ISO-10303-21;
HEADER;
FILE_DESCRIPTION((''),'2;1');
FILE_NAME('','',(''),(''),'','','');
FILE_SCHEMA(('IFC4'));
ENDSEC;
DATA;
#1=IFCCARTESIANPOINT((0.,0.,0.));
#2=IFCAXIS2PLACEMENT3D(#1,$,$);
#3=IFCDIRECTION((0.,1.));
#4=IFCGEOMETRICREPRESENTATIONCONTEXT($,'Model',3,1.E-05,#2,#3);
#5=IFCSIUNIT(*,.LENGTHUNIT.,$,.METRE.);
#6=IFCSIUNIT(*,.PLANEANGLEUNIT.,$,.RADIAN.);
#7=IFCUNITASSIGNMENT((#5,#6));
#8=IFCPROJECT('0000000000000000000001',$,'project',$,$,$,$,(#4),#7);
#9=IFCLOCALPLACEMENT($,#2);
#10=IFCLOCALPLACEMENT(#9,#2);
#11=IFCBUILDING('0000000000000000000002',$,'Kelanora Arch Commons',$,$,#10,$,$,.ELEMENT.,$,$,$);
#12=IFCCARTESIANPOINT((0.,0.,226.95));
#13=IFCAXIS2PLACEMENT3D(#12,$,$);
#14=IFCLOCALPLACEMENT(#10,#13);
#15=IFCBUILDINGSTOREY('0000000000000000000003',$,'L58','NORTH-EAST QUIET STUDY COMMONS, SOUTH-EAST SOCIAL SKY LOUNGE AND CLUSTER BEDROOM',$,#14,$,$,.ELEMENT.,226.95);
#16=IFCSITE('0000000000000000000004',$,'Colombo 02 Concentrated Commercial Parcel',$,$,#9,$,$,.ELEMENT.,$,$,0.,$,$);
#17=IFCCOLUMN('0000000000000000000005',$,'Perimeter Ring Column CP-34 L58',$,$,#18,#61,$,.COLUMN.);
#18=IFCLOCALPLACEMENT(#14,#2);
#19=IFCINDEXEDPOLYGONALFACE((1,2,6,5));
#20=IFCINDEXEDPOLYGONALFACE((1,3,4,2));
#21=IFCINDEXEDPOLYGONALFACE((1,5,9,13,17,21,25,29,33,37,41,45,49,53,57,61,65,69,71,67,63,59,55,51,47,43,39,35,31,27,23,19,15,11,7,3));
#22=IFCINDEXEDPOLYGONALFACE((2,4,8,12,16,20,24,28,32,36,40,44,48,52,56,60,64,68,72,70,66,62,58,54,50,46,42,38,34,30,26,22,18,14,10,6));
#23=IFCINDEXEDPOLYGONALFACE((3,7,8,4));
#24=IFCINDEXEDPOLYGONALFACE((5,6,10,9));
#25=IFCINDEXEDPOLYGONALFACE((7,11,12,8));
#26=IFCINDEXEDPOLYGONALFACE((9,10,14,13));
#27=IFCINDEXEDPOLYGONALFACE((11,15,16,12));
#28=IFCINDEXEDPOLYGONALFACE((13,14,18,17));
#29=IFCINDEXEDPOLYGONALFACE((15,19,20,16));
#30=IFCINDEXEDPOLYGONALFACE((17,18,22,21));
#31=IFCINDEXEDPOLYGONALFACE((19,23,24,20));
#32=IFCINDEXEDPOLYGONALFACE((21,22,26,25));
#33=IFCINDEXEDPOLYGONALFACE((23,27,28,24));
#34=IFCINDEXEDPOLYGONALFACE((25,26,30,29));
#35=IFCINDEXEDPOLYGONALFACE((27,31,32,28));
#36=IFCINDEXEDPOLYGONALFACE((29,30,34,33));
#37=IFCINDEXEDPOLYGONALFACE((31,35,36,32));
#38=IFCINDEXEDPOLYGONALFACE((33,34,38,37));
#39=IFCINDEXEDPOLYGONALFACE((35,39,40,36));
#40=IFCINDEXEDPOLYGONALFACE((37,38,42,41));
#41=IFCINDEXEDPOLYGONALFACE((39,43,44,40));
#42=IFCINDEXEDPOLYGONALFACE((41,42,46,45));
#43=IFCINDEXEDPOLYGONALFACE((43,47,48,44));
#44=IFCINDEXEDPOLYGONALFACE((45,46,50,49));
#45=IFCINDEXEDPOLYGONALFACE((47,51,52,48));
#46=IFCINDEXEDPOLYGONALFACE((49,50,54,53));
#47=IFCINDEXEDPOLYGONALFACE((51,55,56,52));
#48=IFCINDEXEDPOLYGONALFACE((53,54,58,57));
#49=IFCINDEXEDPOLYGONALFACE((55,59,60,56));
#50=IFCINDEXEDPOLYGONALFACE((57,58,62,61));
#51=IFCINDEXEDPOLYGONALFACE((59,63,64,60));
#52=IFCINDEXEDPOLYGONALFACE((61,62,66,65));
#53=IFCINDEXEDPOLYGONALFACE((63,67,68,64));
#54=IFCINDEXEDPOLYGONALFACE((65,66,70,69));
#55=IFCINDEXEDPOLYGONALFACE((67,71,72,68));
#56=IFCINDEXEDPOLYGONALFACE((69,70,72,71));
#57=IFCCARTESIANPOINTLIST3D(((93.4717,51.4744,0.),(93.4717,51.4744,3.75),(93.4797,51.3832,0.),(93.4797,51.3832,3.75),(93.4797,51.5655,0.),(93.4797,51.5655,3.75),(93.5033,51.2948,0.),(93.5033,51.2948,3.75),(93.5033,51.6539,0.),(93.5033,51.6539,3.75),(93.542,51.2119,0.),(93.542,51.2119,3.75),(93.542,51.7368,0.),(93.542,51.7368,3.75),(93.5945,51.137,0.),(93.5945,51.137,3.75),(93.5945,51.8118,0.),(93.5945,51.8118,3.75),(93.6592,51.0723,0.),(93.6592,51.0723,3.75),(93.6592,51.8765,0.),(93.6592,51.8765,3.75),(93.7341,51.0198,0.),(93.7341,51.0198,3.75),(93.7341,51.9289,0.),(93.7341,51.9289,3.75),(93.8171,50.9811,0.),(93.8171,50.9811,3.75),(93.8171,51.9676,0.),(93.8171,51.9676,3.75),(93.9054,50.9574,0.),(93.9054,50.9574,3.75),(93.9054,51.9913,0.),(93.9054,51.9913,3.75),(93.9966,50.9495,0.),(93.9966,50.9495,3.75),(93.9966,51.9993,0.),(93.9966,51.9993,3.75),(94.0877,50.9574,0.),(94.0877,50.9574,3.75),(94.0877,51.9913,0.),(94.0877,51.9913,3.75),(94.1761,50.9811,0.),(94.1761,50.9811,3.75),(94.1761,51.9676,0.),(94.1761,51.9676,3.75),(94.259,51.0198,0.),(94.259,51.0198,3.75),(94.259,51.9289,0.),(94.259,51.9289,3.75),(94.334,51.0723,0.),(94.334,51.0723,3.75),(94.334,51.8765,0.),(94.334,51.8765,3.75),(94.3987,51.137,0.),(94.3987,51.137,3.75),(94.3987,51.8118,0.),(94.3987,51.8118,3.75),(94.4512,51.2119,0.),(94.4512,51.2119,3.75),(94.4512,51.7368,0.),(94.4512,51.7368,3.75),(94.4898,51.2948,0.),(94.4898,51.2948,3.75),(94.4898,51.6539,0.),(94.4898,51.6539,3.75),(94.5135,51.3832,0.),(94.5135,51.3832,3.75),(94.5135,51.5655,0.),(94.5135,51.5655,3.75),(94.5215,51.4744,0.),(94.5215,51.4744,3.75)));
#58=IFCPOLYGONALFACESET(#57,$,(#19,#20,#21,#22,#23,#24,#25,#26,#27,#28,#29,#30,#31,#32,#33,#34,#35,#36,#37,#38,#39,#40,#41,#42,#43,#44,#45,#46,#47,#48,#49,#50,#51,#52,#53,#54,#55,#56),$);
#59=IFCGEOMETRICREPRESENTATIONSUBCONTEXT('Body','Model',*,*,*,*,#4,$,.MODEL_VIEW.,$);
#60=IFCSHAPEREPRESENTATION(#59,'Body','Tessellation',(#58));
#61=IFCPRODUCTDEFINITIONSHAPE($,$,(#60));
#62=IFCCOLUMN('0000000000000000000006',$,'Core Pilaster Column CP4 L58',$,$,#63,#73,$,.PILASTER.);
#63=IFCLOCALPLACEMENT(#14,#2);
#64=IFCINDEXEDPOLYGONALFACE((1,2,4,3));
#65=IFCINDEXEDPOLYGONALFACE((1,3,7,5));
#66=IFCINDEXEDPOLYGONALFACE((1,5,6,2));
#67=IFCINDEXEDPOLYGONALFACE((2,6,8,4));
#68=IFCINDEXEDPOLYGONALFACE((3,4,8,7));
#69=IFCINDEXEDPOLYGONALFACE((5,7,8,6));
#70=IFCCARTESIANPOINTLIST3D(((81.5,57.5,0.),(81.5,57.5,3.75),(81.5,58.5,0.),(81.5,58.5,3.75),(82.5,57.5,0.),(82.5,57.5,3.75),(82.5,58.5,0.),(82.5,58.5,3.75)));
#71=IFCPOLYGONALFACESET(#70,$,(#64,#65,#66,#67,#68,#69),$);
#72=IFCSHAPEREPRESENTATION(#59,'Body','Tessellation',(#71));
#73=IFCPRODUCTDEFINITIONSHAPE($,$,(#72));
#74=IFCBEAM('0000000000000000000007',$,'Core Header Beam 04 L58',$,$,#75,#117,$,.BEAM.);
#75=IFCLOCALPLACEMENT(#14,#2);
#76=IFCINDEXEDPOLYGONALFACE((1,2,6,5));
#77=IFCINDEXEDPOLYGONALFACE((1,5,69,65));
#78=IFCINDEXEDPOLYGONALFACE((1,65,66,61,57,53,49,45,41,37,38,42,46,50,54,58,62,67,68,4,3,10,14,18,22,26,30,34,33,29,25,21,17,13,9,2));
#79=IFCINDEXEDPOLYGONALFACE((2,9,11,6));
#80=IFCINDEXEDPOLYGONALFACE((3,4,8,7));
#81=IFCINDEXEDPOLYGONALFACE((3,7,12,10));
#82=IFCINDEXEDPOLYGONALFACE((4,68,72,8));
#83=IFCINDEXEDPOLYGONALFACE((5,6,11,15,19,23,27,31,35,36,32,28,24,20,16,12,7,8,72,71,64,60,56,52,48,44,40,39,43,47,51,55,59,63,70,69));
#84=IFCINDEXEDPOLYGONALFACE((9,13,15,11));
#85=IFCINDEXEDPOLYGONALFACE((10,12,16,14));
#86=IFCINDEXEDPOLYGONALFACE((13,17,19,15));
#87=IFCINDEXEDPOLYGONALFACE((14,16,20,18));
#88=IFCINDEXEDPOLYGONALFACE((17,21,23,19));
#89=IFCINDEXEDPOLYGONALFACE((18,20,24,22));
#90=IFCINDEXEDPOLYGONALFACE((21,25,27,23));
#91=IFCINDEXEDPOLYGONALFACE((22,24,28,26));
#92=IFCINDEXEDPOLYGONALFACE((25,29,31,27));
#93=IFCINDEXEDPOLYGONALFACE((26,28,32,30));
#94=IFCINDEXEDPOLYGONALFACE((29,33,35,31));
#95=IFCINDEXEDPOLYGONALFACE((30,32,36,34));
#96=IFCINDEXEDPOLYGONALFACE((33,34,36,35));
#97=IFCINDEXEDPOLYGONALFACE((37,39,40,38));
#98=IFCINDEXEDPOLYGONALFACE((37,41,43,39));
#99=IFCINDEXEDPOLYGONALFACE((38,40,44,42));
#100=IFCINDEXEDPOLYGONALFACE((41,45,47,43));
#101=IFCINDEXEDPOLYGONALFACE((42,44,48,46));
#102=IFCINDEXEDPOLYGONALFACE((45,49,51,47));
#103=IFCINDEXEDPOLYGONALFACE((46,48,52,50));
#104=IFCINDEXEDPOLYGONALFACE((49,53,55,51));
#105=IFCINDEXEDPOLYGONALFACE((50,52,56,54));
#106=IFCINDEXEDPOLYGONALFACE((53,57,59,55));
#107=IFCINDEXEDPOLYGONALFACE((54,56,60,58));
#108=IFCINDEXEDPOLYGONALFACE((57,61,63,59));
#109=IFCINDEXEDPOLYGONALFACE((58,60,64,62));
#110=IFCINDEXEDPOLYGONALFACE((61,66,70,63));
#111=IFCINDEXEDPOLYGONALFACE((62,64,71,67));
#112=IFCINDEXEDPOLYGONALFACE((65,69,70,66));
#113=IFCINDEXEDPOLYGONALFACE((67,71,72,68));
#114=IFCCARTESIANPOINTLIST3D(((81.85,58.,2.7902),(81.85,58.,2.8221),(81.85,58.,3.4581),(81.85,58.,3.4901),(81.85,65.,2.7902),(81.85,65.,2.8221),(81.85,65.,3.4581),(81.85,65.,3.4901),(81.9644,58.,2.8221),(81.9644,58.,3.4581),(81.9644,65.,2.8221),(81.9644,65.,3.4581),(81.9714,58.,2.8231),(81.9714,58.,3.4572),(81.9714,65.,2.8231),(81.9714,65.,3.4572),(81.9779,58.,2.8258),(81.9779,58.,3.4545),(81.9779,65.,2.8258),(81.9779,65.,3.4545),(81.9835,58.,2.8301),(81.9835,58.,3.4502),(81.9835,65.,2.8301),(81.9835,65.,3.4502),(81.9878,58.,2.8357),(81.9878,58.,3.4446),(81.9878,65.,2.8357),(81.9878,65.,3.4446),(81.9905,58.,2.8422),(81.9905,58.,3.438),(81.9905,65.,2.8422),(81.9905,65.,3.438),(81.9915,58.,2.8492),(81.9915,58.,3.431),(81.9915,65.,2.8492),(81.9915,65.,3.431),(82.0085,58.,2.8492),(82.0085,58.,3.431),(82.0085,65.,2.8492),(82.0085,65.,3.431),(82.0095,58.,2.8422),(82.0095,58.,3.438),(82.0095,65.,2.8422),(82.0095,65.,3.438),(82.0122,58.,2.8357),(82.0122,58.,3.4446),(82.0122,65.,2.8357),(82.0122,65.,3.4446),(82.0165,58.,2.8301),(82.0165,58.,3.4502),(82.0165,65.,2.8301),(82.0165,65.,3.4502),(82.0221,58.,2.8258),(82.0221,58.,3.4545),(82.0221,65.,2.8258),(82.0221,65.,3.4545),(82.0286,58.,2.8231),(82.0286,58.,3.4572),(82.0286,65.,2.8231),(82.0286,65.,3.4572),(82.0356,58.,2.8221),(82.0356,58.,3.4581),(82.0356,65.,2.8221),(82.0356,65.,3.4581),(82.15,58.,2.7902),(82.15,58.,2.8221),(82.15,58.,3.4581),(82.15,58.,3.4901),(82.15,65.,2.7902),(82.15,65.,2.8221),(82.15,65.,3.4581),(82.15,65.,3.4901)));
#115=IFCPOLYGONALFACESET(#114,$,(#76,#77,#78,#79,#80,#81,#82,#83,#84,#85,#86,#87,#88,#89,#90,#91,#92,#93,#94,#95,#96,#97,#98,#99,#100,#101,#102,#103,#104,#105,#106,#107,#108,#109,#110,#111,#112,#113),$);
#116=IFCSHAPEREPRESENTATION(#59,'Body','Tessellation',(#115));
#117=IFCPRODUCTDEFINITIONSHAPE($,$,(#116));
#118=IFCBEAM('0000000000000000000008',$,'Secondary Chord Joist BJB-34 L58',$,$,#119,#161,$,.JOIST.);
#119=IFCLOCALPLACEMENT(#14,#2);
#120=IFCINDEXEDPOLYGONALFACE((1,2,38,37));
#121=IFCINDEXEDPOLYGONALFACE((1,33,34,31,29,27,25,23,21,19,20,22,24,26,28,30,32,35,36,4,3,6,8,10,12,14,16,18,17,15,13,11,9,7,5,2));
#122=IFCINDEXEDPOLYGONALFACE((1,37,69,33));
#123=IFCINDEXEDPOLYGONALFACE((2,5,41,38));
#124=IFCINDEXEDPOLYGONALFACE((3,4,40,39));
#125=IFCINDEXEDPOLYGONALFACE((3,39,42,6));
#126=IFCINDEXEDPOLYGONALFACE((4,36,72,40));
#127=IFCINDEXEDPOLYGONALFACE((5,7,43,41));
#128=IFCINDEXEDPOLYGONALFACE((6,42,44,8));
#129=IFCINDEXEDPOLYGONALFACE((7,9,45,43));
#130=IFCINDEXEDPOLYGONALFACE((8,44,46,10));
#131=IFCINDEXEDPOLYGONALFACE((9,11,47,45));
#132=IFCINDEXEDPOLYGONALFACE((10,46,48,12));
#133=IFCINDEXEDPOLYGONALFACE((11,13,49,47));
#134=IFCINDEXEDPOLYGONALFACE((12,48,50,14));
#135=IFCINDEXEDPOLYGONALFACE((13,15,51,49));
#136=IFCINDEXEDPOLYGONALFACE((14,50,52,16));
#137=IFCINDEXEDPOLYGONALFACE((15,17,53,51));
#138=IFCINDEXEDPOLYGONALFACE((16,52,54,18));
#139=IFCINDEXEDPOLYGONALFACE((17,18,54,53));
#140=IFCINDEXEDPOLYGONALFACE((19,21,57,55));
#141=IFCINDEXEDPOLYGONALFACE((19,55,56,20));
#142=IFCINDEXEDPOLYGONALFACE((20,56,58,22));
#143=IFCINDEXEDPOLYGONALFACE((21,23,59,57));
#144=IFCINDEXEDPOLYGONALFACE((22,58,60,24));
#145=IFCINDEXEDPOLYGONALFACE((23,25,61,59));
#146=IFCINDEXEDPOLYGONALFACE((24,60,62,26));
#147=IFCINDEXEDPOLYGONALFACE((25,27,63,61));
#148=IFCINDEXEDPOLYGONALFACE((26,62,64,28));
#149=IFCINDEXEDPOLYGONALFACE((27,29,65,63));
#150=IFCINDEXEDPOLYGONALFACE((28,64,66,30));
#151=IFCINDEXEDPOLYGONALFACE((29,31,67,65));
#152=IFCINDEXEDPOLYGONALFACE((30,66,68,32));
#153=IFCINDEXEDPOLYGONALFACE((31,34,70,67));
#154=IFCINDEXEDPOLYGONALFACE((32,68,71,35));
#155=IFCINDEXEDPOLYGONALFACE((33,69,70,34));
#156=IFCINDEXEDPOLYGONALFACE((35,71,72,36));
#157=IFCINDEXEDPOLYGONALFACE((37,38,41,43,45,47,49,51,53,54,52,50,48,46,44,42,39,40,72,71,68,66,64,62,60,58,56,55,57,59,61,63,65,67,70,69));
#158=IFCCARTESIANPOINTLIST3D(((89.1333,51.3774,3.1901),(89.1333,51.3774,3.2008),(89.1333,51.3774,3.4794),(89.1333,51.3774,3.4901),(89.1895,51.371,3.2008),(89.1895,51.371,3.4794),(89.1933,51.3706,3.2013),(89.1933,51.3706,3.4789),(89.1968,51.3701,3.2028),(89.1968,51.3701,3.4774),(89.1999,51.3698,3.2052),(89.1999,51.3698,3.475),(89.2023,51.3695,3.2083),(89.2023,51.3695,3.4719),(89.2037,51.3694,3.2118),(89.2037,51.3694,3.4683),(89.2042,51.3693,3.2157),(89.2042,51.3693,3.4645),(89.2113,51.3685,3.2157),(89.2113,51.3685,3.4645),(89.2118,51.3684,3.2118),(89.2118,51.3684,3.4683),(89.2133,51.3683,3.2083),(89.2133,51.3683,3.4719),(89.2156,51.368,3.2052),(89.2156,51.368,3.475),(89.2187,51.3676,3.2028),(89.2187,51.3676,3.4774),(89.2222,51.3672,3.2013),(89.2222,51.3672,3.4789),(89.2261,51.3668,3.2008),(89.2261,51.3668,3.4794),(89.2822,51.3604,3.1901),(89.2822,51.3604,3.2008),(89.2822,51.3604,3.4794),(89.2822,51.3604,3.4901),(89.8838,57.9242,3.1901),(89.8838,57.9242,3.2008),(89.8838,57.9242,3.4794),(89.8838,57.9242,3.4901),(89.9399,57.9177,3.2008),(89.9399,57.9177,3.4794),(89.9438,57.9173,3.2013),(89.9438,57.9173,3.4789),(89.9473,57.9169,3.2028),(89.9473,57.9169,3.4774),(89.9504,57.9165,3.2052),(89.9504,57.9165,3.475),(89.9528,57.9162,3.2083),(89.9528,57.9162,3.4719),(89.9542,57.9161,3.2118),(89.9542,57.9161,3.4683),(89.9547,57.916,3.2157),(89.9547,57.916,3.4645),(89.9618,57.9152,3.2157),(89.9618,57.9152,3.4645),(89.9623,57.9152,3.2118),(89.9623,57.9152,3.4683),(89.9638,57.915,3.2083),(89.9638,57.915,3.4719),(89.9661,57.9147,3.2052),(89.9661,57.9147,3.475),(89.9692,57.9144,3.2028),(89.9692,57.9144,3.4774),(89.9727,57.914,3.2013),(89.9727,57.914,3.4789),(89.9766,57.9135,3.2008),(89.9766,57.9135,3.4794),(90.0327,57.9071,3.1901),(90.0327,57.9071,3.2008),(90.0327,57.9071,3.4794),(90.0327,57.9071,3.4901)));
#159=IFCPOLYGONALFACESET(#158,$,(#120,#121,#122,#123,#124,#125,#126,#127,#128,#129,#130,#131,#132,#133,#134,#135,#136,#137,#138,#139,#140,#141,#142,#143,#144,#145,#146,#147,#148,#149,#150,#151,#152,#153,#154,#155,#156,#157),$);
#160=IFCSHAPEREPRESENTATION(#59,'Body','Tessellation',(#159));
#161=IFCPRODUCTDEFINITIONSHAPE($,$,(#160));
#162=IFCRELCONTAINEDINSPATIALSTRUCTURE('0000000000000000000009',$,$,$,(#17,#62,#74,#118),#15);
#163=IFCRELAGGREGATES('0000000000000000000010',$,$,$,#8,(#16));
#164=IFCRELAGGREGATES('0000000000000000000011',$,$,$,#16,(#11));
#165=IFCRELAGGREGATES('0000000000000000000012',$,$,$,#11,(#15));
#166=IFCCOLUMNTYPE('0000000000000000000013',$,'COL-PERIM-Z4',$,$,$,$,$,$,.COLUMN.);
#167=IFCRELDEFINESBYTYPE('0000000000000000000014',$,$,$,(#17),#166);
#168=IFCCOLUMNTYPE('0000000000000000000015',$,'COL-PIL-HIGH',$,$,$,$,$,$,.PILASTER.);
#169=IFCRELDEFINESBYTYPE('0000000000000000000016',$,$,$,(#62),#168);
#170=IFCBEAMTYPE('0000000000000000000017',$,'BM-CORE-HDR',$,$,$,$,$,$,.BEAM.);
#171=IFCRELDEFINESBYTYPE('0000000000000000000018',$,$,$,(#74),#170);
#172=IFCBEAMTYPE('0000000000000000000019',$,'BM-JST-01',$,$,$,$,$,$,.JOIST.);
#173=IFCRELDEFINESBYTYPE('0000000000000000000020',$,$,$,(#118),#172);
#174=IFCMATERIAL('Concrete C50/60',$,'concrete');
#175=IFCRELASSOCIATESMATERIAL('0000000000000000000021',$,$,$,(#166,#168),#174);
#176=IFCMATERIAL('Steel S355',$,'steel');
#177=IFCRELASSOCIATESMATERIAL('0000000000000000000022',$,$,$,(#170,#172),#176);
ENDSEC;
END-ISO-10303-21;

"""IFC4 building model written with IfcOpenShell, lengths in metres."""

from ifc_helpers import new_model, si_unit, direction, frame, origin, origin_2d, place, context, subcontext, project, spatial, rectangle, circle, i_section, extrude, material, material_profile, profile_set, type_object, element, save


model = new_model("IFC4")

# Units and contexts
model_context = context("Model", 3, precision=1e-05, world=origin(), true_north=direction((0.0, 1.0)))
body_context = subcontext(model_context, "Body", "Model", "MODEL_VIEW")
ifc_project = project(units=[si_unit("LENGTHUNIT", "METRE"), si_unit("PLANEANGLEUNIT", "RADIAN")], contexts=[model_context])

# Site, building, storey
site_placement = place(None, origin())
site = spatial("IfcSite", under=ifc_project, at=site_placement, Name="Colombo 02 Concentrated Commercial Parcel", CompositionType="ELEMENT", RefElevation=0.0)
building_placement = place(site_placement, origin())
building = spatial("IfcBuilding", under=site, at=building_placement, Name="Kelanora Arch Commons", CompositionType="ELEMENT")
storey_placement = place(building_placement, frame((0.0, 0.0, 226.95)))
storey = spatial("IfcBuildingStorey", under=building, at=storey_placement, Name="L58", Description="NORTH-EAST QUIET STUDY COMMONS, SOUTH-EAST SOCIAL SKY LOUNGE AND CLUSTER BEDROOM", CompositionType="ELEMENT", Elevation=226.95)

# Columns
ifc_material_1 = material(Name="Concrete C50/60", Category="concrete")
ifc_material_profile_1 = material_profile(ifc_material_1, circle(Radius=0.5249, at=origin_2d()), Name="RCC1050")
ifc_profile_set_1 = profile_set([ifc_material_profile_1], Name="Concrete C50/60")
column_type_1 = type_object("IfcColumnType", Name="COL-PERIM-Z4", PredefinedType="COLUMN", material=ifc_profile_set_1)
column_1_placement = place(storey_placement, frame((93.9966, 51.4744, 0.0), z_axis=(0.0, 0.0, 1.0), x_axis=(1.0, 0.0, 0.0)))
element("IfcColumn", 1, at=column_1_placement, inside=storey, type_object=column_type_1, Name="Perimeter Ring Column CP-34 L58", PredefinedType="COLUMN", context=body_context, shape_type="SweptSolid", body=[
    extrude(circle(Radius=0.5249, at=origin_2d()), origin(), (0.0, 0.0, 1.0), 3.75),
])
ifc_material_profile_2 = material_profile(ifc_material_1, rectangle(XDim=1.0, YDim=1.0, at=origin_2d()), Name="RC1000x1000")
ifc_profile_set_2 = profile_set([ifc_material_profile_2], Name="Concrete C50/60")
column_type_2 = type_object("IfcColumnType", Name="COL-PIL-HIGH", PredefinedType="PILASTER", material=ifc_profile_set_2)
column_2_placement = place(storey_placement, frame((82.0, 58.0, 0.0), z_axis=(0.0, 0.0, 1.0), x_axis=(1.0, 0.0, 0.0)))
element("IfcColumn", 2, at=column_2_placement, inside=storey, type_object=column_type_2, Name="Core Pilaster Column CP4 L58", PredefinedType="PILASTER", context=body_context, shape_type="SweptSolid", body=[
    extrude(rectangle(XDim=1.0, YDim=1.0, at=origin_2d()), origin(), (0.0, 0.0, 1.0), 3.75),
])

# Beams
ifc_material_2 = material(Name="Steel S355", Category="steel")
ifc_material_profile_3 = material_profile(ifc_material_2, i_section(OverallWidth=0.3, OverallDepth=0.7, WebThickness=0.0171, FlangeThickness=0.032, FilletRadius=0.0271, at=origin_2d()), Name="HEB700")
ifc_profile_set_3 = profile_set([ifc_material_profile_3], Name="Steel S355")
beam_type_1 = type_object("IfcBeamType", Name="BM-CORE-HDR", PredefinedType="BEAM", material=ifc_profile_set_3)
beam_1_placement = place(storey_placement, frame((82.0, 58.0, 3.1401), z_axis=(0.0, 1.0, 0.0), x_axis=(-1.0, 0.0, 0.0)))
element("IfcBeam", 3, at=beam_1_placement, inside=storey, type_object=beam_type_1, Name="Core Header Beam 04 L58", PredefinedType="BEAM", context=body_context, shape_type="SweptSolid", body=[
    extrude(i_section(OverallWidth=0.3, OverallDepth=0.7, WebThickness=0.0171, FlangeThickness=0.032, FilletRadius=0.0271, at=origin_2d()), origin(), (0.0, 0.0, 1.0), 7.0),
])
ifc_material_profile_4 = material_profile(ifc_material_2, i_section(OverallWidth=0.1499, OverallDepth=0.3, WebThickness=0.0071, FlangeThickness=0.0107, FilletRadius=0.0149, at=origin_2d()), Name="IPE300")
ifc_profile_set_4 = profile_set([ifc_material_profile_4], Name="Steel S355")
beam_type_2 = type_object("IfcBeamType", Name="BM-JST-01", PredefinedType="JOIST", material=ifc_profile_set_4)
beam_2_placement = place(storey_placement, frame((89.2078, 51.3689, 3.3401), z_axis=(0.113891, 0.993493, 0.0), x_axis=(-0.993493, 0.113891, 0.0)))
element("IfcBeam", 4, at=beam_2_placement, inside=storey, type_object=beam_type_2, Name="Secondary Chord Joist BJB-34 L58", PredefinedType="JOIST", context=body_context, shape_type="SweptSolid", body=[
    extrude(i_section(OverallWidth=0.1499, OverallDepth=0.3, WebThickness=0.0071, FlangeThickness=0.0107, FilletRadius=0.0149, at=origin_2d()), origin(), (0.0, 0.0, 1.0), 6.5896),
])

save(model, "model.ifc")
